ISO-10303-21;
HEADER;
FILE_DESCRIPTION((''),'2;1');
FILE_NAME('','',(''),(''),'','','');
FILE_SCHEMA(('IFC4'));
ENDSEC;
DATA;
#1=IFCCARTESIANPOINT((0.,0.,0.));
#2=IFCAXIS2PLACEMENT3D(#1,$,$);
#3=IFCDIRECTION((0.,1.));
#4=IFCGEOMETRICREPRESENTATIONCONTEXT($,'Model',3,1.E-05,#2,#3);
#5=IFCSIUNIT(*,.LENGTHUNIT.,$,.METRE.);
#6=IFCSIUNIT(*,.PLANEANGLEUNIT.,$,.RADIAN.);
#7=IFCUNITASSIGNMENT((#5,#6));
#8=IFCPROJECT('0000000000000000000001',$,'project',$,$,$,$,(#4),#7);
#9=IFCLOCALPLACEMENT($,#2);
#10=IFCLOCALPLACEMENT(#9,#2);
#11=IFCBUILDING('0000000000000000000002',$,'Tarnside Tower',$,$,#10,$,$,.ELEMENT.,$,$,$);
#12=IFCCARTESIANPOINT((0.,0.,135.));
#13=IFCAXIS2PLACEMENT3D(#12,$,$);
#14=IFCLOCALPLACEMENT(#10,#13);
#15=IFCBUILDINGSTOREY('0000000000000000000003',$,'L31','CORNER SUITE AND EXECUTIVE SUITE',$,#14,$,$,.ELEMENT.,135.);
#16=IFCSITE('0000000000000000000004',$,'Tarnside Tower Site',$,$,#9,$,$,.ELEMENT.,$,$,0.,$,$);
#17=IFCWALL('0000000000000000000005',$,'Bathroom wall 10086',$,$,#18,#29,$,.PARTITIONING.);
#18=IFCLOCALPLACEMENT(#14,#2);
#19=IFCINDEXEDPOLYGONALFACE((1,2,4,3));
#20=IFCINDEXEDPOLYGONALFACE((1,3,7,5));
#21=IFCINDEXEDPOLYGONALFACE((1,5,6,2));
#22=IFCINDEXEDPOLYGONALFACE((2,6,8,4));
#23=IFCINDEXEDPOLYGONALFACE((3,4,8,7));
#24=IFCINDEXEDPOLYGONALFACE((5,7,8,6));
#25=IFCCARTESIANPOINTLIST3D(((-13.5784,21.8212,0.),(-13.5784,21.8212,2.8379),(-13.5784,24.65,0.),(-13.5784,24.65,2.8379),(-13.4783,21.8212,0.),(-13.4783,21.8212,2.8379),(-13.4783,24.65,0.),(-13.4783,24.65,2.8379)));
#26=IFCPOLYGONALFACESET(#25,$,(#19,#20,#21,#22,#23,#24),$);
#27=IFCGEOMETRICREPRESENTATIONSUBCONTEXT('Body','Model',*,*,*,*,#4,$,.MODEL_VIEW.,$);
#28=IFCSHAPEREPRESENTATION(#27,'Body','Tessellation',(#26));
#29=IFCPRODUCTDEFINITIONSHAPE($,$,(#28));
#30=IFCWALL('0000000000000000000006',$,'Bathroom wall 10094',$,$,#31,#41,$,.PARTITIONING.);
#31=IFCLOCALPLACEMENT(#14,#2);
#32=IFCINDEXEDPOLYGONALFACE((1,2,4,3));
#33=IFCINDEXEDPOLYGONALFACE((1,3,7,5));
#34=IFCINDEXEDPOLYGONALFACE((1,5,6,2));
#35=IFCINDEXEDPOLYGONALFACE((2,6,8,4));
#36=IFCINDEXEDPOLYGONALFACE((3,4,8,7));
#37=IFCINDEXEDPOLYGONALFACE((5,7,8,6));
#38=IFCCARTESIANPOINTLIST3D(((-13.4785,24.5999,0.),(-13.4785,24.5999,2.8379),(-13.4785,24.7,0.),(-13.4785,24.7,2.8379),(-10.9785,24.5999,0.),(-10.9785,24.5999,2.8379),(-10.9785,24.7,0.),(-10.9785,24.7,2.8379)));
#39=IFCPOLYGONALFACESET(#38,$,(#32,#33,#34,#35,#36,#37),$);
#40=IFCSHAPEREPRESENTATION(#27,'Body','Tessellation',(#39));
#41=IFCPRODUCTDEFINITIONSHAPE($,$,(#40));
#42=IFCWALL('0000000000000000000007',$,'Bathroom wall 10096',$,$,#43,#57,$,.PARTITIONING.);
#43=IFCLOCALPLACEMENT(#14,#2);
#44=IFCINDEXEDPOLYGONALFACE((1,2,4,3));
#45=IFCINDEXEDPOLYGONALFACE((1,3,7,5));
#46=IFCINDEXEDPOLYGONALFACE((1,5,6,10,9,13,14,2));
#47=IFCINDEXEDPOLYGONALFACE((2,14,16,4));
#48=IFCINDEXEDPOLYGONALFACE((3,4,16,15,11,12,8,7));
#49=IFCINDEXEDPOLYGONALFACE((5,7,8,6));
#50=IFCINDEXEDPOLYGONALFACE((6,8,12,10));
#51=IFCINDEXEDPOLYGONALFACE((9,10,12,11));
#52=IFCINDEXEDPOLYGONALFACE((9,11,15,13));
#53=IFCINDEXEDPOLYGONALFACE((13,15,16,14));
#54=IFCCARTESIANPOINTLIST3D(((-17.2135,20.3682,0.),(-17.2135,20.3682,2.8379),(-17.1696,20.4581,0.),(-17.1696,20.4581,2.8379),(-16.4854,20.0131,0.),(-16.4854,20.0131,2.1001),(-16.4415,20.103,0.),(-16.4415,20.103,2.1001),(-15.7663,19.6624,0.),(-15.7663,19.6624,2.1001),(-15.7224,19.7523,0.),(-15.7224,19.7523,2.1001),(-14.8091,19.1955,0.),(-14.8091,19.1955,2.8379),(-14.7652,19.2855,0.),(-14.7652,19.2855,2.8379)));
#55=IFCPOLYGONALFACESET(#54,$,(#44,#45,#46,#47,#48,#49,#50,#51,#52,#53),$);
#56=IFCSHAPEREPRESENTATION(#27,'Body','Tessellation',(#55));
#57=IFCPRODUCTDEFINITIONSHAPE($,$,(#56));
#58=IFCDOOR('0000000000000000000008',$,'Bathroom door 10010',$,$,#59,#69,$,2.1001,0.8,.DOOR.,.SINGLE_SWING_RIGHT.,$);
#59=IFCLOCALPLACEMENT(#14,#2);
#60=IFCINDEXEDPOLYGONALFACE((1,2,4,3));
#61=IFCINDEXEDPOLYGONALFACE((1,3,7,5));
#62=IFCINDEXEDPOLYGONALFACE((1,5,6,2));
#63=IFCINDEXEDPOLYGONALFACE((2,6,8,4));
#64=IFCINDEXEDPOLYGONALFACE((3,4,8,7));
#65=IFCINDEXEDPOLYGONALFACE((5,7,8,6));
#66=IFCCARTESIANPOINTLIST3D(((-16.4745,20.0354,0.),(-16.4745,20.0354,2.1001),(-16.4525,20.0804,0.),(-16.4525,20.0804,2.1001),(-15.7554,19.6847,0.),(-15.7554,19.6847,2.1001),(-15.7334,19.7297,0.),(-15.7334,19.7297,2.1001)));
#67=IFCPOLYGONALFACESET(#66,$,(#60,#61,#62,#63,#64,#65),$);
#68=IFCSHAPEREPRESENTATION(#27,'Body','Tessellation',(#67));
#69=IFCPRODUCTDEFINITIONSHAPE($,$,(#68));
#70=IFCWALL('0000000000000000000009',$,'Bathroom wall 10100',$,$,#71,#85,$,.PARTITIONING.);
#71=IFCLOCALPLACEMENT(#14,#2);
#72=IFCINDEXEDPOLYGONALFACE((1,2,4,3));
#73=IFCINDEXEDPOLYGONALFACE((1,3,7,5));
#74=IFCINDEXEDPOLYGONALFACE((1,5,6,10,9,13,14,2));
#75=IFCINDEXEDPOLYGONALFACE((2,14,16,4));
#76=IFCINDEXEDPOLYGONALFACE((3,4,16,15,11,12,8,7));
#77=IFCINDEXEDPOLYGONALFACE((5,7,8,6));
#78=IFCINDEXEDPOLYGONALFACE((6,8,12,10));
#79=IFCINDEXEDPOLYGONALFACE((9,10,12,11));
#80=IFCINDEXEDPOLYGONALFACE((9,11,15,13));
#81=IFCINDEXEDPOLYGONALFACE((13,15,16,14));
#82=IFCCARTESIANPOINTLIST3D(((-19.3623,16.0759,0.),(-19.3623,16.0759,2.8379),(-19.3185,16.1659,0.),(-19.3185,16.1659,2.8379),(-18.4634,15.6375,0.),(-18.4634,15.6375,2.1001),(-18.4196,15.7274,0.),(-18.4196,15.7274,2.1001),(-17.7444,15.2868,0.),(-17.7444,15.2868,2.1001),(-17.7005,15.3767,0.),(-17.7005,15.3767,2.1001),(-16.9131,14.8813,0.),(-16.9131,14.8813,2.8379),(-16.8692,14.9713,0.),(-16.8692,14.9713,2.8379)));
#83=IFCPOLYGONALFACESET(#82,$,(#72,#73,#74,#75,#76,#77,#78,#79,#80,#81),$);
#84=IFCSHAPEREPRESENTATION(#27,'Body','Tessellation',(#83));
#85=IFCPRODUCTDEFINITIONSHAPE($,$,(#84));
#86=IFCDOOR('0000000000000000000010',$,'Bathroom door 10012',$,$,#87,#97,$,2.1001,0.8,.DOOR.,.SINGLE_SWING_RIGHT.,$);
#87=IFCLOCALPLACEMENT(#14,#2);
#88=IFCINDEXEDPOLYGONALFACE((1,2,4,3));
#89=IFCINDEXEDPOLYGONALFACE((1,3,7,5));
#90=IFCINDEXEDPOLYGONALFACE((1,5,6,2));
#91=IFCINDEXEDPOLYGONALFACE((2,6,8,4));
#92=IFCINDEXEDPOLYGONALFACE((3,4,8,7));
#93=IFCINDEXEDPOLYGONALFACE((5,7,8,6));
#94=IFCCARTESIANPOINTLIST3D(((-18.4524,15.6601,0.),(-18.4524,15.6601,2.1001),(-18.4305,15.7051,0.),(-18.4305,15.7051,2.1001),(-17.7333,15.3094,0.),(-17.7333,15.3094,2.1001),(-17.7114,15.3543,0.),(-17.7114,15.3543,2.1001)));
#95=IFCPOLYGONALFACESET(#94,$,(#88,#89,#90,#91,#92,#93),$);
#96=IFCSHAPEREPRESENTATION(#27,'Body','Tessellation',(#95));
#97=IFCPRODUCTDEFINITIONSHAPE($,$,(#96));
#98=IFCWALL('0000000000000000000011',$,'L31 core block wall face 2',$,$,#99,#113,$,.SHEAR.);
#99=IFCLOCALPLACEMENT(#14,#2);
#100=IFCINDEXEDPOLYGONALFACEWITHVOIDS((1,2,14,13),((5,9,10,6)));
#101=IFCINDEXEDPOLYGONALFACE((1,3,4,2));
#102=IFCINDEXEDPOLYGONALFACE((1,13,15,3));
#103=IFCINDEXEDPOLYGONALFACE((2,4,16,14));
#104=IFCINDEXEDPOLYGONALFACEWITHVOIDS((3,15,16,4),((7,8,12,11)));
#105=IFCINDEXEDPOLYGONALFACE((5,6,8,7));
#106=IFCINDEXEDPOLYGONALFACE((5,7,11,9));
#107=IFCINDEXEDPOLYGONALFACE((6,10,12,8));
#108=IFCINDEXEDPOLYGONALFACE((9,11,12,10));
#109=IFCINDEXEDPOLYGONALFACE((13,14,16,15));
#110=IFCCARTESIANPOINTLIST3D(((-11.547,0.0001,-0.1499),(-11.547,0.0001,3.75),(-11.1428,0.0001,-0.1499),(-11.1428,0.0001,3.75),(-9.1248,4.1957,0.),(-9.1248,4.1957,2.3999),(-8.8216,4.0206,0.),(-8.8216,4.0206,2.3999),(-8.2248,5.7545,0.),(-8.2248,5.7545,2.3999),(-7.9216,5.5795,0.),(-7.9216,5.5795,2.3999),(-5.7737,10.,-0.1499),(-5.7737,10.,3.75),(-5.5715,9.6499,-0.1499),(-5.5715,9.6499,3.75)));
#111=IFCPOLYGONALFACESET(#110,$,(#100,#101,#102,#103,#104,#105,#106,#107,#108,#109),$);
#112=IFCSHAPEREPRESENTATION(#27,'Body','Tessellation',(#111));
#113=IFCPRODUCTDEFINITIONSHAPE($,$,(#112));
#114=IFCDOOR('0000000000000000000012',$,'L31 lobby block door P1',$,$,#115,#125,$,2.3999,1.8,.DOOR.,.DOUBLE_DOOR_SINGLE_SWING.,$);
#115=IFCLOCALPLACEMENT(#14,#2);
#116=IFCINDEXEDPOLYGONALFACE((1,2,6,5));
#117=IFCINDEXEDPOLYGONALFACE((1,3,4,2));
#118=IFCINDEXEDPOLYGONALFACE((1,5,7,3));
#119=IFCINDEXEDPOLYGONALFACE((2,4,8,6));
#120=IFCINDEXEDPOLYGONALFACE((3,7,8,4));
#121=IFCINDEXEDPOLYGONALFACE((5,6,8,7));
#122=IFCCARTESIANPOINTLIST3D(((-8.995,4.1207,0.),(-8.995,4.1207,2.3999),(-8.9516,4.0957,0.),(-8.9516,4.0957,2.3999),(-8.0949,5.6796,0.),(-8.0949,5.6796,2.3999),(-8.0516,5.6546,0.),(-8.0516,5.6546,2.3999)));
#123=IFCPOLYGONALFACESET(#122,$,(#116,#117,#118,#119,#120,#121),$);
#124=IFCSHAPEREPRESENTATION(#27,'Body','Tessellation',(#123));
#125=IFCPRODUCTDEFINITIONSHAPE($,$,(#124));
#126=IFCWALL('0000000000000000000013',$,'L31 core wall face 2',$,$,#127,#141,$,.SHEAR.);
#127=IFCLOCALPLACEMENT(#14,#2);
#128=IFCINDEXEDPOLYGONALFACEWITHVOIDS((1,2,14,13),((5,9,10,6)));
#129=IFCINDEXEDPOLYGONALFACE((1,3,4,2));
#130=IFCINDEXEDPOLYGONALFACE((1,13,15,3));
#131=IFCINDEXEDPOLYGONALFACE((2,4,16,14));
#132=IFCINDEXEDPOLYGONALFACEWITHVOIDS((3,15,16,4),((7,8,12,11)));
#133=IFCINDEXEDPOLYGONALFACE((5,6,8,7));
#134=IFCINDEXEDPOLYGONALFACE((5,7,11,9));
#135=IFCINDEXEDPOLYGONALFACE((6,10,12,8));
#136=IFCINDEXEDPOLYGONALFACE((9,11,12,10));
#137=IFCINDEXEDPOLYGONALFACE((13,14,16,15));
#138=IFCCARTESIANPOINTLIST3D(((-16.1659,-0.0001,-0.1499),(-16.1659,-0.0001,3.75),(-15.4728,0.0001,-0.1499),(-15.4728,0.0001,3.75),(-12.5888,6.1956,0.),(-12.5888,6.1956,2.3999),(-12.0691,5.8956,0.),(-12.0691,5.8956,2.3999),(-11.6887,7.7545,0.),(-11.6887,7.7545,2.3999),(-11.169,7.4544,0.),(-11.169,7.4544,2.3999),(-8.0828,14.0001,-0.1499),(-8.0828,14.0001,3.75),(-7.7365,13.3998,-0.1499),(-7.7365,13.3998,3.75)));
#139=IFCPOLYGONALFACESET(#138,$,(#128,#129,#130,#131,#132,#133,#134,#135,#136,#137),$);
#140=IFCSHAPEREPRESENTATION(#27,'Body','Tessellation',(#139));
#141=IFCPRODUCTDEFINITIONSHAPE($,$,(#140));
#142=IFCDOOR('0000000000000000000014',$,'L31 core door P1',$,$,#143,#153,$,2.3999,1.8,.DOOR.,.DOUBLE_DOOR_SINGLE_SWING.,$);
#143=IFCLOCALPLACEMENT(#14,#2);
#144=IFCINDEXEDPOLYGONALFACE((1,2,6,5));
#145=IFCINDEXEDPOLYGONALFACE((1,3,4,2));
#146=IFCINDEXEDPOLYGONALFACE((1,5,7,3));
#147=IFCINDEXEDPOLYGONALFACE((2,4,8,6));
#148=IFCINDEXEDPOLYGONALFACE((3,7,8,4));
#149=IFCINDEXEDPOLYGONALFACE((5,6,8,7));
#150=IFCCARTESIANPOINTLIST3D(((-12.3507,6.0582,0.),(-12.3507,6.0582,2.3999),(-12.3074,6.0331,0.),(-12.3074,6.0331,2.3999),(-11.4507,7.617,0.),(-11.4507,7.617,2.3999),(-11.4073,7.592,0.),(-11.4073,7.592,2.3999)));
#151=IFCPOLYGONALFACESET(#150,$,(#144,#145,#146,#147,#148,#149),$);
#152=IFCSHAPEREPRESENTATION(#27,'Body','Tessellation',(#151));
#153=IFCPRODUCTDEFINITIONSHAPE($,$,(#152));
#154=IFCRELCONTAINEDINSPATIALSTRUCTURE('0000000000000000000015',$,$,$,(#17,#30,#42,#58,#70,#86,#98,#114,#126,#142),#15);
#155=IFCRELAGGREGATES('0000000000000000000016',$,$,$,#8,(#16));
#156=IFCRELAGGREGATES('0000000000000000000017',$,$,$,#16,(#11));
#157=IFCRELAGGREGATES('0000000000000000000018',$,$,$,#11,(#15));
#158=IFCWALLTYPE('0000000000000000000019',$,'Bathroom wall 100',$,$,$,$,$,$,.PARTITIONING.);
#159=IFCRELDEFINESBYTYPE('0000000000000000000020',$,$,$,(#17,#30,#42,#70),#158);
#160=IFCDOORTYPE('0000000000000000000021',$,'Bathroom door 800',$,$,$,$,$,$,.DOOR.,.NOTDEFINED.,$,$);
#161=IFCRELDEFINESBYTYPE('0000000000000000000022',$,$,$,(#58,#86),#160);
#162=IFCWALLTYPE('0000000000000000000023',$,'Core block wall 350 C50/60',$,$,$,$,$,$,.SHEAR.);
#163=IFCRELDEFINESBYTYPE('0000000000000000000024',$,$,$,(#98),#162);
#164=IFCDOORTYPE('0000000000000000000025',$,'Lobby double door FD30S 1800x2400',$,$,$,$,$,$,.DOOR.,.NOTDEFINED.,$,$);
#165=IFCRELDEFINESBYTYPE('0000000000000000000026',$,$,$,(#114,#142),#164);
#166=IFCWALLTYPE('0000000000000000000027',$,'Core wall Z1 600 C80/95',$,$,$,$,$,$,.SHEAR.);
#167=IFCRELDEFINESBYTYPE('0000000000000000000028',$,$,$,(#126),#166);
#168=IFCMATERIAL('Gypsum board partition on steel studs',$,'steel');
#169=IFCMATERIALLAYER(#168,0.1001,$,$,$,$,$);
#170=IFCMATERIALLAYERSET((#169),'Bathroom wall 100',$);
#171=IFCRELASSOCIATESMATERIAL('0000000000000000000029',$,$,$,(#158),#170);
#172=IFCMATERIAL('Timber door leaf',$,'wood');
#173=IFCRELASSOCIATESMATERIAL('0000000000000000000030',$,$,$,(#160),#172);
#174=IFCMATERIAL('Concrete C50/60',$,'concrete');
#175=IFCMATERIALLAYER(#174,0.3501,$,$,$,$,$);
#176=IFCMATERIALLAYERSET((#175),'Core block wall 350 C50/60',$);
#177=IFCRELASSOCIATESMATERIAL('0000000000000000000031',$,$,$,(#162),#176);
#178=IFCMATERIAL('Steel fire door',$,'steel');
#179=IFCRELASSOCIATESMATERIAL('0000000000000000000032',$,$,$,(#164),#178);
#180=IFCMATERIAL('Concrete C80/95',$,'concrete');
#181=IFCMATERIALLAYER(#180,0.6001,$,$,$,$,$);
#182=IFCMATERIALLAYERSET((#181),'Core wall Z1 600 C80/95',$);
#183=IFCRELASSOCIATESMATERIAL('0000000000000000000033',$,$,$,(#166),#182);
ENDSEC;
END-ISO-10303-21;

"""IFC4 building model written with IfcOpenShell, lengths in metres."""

from ifc_helpers import new_model, si_unit, direction, frame, frame_2d, origin, place, context, subcontext, project, spatial, polyline, rectangle, outline, extrude, material, layer, layer_set, type_object, element, fill, save


model = new_model("IFC4")

# Units and contexts
model_context = context("Model", 3, precision=1e-05, world=origin(), true_north=direction((0.0, 1.0)))
body_context = subcontext(model_context, "Body", "Model", "MODEL_VIEW")
ifc_project = project(units=[si_unit("LENGTHUNIT", "METRE"), si_unit("PLANEANGLEUNIT", "RADIAN")], contexts=[model_context])

# Site, building, storey
site_placement = place(None, origin())
site = spatial("IfcSite", under=ifc_project, at=site_placement, Name="Tarnside Tower Site", CompositionType="ELEMENT", RefElevation=0.0)
building_placement = place(site_placement, origin())
building = spatial("IfcBuilding", under=site, at=building_placement, Name="Tarnside Tower", CompositionType="ELEMENT")
storey_placement = place(building_placement, frame((0.0, 0.0, 135.0)))
storey = spatial("IfcBuildingStorey", under=building, at=storey_placement, Name="L31", Description="CORNER SUITE AND EXECUTIVE SUITE", CompositionType="ELEMENT", Elevation=135.0)

# Walls
ifc_material_1 = material(Name="Gypsum board partition on steel studs", Category="steel")
ifc_layer_1 = layer(ifc_material_1, 0.1001)
ifc_layer_set_1 = layer_set([ifc_layer_1], Name="Bathroom wall 100")
wall_type_1 = type_object("IfcWallType", Name="Bathroom wall 100", PredefinedType="PARTITIONING", material=ifc_layer_set_1)
wall_1_placement = place(storey_placement, frame((-13.5283, 21.821, 0.0), z_axis=(0.0, 0.0, 1.0), x_axis=(0.0, 1.0, 0.0)))
element("IfcWall", 1, at=wall_1_placement, inside=storey, type_object=wall_type_1, Name="Bathroom wall 10086", PredefinedType="PARTITIONING", context=body_context, shape_type="SweptSolid", body=[
    extrude(rectangle(XDim=2.8289, YDim=0.1001, at=frame_2d((1.4146, 0.0))), origin(), (0.0, 0.0, 1.0), 2.8379),
])
wall_2_placement = place(storey_placement, frame((-10.9785, 24.6499, 0.0), z_axis=(0.0, 0.0, 1.0), x_axis=(-1.0, 0.0, 0.0)))
element("IfcWall", 2, at=wall_2_placement, inside=storey, type_object=wall_type_1, Name="Bathroom wall 10094", PredefinedType="PARTITIONING", context=body_context, shape_type="SweptSolid", body=[
    extrude(rectangle(XDim=2.5, YDim=0.1001, at=frame_2d((1.25, 0.0))), origin(), (0.0, 0.0, 1.0), 2.8379),
])

# Walls, openings, doors
wall_3_placement = place(storey_placement, frame((-17.1914, 20.4131, 0.0), z_axis=(0.0, 0.0, 1.0), x_axis=(0.898801, -0.438357, 0.0)))
wall_3 = element("IfcWall", 3, at=wall_3_placement, inside=storey, type_object=wall_type_1, Name="Bathroom wall 10096", PredefinedType="PARTITIONING", context=body_context, shape_type="SweptSolid", body=[
    extrude(rectangle(XDim=2.675, YDim=0.1001, at=frame_2d((1.3374, 0.0))), origin(), (0.0, 0.0, 1.0), 2.8379),
])
opening_1_placement = place(wall_3_placement, frame((0.8101, 0.0, 0.0)))
opening_1 = element("IfcOpeningElement", 4, at=opening_1_placement, cuts=wall_3, PredefinedType="OPENING", context=body_context, shape_type="SweptSolid", body=[
    extrude(rectangle(XDim=0.8, YDim=2.1001, at=frame_2d((0.3999, 1.05))), frame((0.0, 0.0601, 0.0), z_axis=(0.0, -1.0, 0.0), x_axis=(1.0, 0.0, 0.0)), (0.0, 0.0, 1.0), 0.1201),
])
ifc_material_2 = material(Name="Timber door leaf", Category="wood")
door_type_1 = type_object("IfcDoorType", Name="Bathroom door 800", OperationType="NOTDEFINED", PredefinedType="DOOR", material=ifc_material_2)
door_1_placement = place(opening_1_placement, origin())
door_1 = element("IfcDoor", 5, at=door_1_placement, inside=storey, type_object=door_type_1, Name="Bathroom door 10010", OperationType="SINGLE_SWING_RIGHT", OverallHeight=2.1001, OverallWidth=0.8, PredefinedType="DOOR", context=body_context, shape_type="SweptSolid", body=[
    extrude(rectangle(XDim=0.8, YDim=2.1001, at=frame_2d((0.3999, 1.05))), frame((0.0, 0.0249, 0.0), z_axis=(0.0, -1.0, 0.0), x_axis=(1.0, 0.0, 0.0)), (0.0, 0.0, 1.0), 0.05),
])
fill(opening_1, door_1)
wall_4_placement = place(storey_placement, frame((-16.8911, 14.9263, 0.0), z_axis=(0.0, 0.0, 1.0), x_axis=(-0.898792, 0.438376, 0.0)))
wall_4 = element("IfcWall", 6, at=wall_4_placement, inside=storey, type_object=wall_type_1, Name="Bathroom wall 10100", PredefinedType="PARTITIONING", context=body_context, shape_type="SweptSolid", body=[
    extrude(rectangle(XDim=2.7251, YDim=0.1001, at=frame_2d((1.3625, 0.0))), origin(), (0.0, 0.0, 1.0), 2.8379),
])
opening_2_placement = place(wall_4_placement, frame((0.925, 0.0, 0.0)))
opening_2 = element("IfcOpeningElement", 7, at=opening_2_placement, cuts=wall_4, PredefinedType="OPENING", context=body_context, shape_type="SweptSolid", body=[
    extrude(rectangle(XDim=0.8, YDim=2.1001, at=frame_2d((0.3999, 1.05))), frame((0.0, 0.0601, 0.0), z_axis=(0.0, -1.0, 0.0), x_axis=(1.0, 0.0, 0.0)), (0.0, 0.0, 1.0), 0.1201),
])
door_2_placement = place(opening_2_placement, origin())
door_2 = element("IfcDoor", 8, at=door_2_placement, inside=storey, type_object=door_type_1, Name="Bathroom door 10012", OperationType="SINGLE_SWING_RIGHT", OverallHeight=2.1001, OverallWidth=0.8, PredefinedType="DOOR", context=body_context, shape_type="SweptSolid", body=[
    extrude(rectangle(XDim=0.8, YDim=2.1001, at=frame_2d((0.3999, 1.05))), frame((0.0, 0.0249, 0.0), z_axis=(0.0, -1.0, 0.0), x_axis=(1.0, 0.0, 0.0)), (0.0, 0.0, 1.0), 0.05),
])
fill(opening_2, door_2)
ifc_material_3 = material(Name="Concrete C50/60", Category="concrete")
ifc_layer_2 = layer(ifc_material_3, 0.3501)
ifc_layer_set_2 = layer_set([ifc_layer_2], Name="Core block wall 350 C50/60")
wall_type_2 = type_object("IfcWallType", Name="Core block wall 350 C50/60", PredefinedType="SHEAR", material=ifc_layer_set_2)
wall_5_placement = place(storey_placement, frame((-5.6726, 9.825, -0.1499), z_axis=(0.0, 0.0, 1.0), x_axis=(-0.499995, -0.866028, 0.0)))
wall_5 = element("IfcWall", 9, at=wall_5_placement, inside=storey, type_object=wall_type_2, Name="L31 core block wall face 2", PredefinedType="SHEAR", context=body_context, shape_type="SweptSolid", body=[
    extrude(outline(polyline([(-0.1011, -0.175), (11.4458, -0.175), (11.2437, 0.175), (0.1011, 0.175), (-0.1011, -0.175)])), origin(), (0.0, 0.0, 1.0), 3.8999),
])
opening_3_placement = place(wall_5_placement, frame((4.8013, 0.0, 0.1499)))
opening_3 = element("IfcOpeningElement", 10, at=opening_3_placement, cuts=wall_5, PredefinedType="OPENING", context=body_context, shape_type="SweptSolid", body=[
    extrude(rectangle(XDim=1.8, YDim=2.3999, at=frame_2d((0.8999, 1.2))), frame((0.0, 0.1851, 0.0), z_axis=(0.0, -1.0, 0.0), x_axis=(1.0, 0.0, 0.0)), (0.0, 0.0, 1.0), 0.3701),
])
ifc_material_4 = material(Name="Steel fire door", Category="steel")
door_type_2 = type_object("IfcDoorType", Name="Lobby double door FD30S 1800x2400", OperationType="NOTDEFINED", PredefinedType="DOOR", material=ifc_material_4)
door_3_placement = place(opening_3_placement, origin())
door_3 = element("IfcDoor", 11, at=door_3_placement, inside=storey, type_object=door_type_2, Name="L31 lobby block door P1", OperationType="DOUBLE_DOOR_SINGLE_SWING", OverallHeight=2.3999, OverallWidth=1.8, PredefinedType="DOOR", context=body_context, shape_type="SweptSolid", body=[
    extrude(rectangle(XDim=1.8, YDim=2.3999, at=frame_2d((0.8999, 1.2))), frame((0.0, 0.0249, 0.0), z_axis=(0.0, -1.0, 0.0), x_axis=(1.0, 0.0, 0.0)), (0.0, 0.0, 1.0), 0.05),
])
fill(opening_3, door_3)
ifc_material_5 = material(Name="Concrete C80/95", Category="concrete")
ifc_layer_3 = layer(ifc_material_5, 0.6001)
ifc_layer_set_3 = layer_set([ifc_layer_3], Name="Core wall Z1 600 C80/95")
wall_type_3 = type_object("IfcWallType", Name="Core wall Z1 600 C80/95", PredefinedType="SHEAR", material=ifc_layer_set_3)
wall_6_placement = place(storey_placement, frame((-7.9097, 13.7, -0.1499), z_axis=(0.0, 0.0, 1.0), x_axis=(-0.5, -0.866025, 0.0)))
wall_6 = element("IfcWall", 12, at=wall_6_placement, inside=storey, type_object=wall_type_3, Name="L31 core wall face 2", PredefinedType="SHEAR", context=body_context, shape_type="SweptSolid", body=[
    extrude(outline(polyline([(-0.1733, -0.3), (15.9927, -0.3), (15.646, 0.3), (0.1733, 0.3), (-0.1733, -0.3)])), origin(), (0.0, 0.0, 1.0), 3.8999),
])
opening_4_placement = place(wall_6_placement, frame((7.0386, 0.0, 0.1499)))
opening_4 = element("IfcOpeningElement", 13, at=opening_4_placement, cuts=wall_6, PredefinedType="OPENING", context=body_context, shape_type="SweptSolid", body=[
    extrude(rectangle(XDim=1.8, YDim=2.3999, at=frame_2d((0.8999, 1.2))), frame((0.0, 0.3101, 0.0), z_axis=(0.0, -1.0, 0.0), x_axis=(1.0, 0.0, 0.0)), (0.0, 0.0, 1.0), 0.6201),
])
door_4_placement = place(opening_4_placement, origin())
door_4 = element("IfcDoor", 14, at=door_4_placement, inside=storey, type_object=door_type_2, Name="L31 core door P1", OperationType="DOUBLE_DOOR_SINGLE_SWING", OverallHeight=2.3999, OverallWidth=1.8, PredefinedType="DOOR", context=body_context, shape_type="SweptSolid", body=[
    extrude(rectangle(XDim=1.8, YDim=2.3999, at=frame_2d((0.8999, 1.2))), frame((0.0, 0.0249, 0.0), z_axis=(0.0, -1.0, 0.0), x_axis=(1.0, 0.0, 0.0)), (0.0, 0.0, 1.0), 0.05),
])
fill(opening_4, door_4)

save(model, "model.ifc")
